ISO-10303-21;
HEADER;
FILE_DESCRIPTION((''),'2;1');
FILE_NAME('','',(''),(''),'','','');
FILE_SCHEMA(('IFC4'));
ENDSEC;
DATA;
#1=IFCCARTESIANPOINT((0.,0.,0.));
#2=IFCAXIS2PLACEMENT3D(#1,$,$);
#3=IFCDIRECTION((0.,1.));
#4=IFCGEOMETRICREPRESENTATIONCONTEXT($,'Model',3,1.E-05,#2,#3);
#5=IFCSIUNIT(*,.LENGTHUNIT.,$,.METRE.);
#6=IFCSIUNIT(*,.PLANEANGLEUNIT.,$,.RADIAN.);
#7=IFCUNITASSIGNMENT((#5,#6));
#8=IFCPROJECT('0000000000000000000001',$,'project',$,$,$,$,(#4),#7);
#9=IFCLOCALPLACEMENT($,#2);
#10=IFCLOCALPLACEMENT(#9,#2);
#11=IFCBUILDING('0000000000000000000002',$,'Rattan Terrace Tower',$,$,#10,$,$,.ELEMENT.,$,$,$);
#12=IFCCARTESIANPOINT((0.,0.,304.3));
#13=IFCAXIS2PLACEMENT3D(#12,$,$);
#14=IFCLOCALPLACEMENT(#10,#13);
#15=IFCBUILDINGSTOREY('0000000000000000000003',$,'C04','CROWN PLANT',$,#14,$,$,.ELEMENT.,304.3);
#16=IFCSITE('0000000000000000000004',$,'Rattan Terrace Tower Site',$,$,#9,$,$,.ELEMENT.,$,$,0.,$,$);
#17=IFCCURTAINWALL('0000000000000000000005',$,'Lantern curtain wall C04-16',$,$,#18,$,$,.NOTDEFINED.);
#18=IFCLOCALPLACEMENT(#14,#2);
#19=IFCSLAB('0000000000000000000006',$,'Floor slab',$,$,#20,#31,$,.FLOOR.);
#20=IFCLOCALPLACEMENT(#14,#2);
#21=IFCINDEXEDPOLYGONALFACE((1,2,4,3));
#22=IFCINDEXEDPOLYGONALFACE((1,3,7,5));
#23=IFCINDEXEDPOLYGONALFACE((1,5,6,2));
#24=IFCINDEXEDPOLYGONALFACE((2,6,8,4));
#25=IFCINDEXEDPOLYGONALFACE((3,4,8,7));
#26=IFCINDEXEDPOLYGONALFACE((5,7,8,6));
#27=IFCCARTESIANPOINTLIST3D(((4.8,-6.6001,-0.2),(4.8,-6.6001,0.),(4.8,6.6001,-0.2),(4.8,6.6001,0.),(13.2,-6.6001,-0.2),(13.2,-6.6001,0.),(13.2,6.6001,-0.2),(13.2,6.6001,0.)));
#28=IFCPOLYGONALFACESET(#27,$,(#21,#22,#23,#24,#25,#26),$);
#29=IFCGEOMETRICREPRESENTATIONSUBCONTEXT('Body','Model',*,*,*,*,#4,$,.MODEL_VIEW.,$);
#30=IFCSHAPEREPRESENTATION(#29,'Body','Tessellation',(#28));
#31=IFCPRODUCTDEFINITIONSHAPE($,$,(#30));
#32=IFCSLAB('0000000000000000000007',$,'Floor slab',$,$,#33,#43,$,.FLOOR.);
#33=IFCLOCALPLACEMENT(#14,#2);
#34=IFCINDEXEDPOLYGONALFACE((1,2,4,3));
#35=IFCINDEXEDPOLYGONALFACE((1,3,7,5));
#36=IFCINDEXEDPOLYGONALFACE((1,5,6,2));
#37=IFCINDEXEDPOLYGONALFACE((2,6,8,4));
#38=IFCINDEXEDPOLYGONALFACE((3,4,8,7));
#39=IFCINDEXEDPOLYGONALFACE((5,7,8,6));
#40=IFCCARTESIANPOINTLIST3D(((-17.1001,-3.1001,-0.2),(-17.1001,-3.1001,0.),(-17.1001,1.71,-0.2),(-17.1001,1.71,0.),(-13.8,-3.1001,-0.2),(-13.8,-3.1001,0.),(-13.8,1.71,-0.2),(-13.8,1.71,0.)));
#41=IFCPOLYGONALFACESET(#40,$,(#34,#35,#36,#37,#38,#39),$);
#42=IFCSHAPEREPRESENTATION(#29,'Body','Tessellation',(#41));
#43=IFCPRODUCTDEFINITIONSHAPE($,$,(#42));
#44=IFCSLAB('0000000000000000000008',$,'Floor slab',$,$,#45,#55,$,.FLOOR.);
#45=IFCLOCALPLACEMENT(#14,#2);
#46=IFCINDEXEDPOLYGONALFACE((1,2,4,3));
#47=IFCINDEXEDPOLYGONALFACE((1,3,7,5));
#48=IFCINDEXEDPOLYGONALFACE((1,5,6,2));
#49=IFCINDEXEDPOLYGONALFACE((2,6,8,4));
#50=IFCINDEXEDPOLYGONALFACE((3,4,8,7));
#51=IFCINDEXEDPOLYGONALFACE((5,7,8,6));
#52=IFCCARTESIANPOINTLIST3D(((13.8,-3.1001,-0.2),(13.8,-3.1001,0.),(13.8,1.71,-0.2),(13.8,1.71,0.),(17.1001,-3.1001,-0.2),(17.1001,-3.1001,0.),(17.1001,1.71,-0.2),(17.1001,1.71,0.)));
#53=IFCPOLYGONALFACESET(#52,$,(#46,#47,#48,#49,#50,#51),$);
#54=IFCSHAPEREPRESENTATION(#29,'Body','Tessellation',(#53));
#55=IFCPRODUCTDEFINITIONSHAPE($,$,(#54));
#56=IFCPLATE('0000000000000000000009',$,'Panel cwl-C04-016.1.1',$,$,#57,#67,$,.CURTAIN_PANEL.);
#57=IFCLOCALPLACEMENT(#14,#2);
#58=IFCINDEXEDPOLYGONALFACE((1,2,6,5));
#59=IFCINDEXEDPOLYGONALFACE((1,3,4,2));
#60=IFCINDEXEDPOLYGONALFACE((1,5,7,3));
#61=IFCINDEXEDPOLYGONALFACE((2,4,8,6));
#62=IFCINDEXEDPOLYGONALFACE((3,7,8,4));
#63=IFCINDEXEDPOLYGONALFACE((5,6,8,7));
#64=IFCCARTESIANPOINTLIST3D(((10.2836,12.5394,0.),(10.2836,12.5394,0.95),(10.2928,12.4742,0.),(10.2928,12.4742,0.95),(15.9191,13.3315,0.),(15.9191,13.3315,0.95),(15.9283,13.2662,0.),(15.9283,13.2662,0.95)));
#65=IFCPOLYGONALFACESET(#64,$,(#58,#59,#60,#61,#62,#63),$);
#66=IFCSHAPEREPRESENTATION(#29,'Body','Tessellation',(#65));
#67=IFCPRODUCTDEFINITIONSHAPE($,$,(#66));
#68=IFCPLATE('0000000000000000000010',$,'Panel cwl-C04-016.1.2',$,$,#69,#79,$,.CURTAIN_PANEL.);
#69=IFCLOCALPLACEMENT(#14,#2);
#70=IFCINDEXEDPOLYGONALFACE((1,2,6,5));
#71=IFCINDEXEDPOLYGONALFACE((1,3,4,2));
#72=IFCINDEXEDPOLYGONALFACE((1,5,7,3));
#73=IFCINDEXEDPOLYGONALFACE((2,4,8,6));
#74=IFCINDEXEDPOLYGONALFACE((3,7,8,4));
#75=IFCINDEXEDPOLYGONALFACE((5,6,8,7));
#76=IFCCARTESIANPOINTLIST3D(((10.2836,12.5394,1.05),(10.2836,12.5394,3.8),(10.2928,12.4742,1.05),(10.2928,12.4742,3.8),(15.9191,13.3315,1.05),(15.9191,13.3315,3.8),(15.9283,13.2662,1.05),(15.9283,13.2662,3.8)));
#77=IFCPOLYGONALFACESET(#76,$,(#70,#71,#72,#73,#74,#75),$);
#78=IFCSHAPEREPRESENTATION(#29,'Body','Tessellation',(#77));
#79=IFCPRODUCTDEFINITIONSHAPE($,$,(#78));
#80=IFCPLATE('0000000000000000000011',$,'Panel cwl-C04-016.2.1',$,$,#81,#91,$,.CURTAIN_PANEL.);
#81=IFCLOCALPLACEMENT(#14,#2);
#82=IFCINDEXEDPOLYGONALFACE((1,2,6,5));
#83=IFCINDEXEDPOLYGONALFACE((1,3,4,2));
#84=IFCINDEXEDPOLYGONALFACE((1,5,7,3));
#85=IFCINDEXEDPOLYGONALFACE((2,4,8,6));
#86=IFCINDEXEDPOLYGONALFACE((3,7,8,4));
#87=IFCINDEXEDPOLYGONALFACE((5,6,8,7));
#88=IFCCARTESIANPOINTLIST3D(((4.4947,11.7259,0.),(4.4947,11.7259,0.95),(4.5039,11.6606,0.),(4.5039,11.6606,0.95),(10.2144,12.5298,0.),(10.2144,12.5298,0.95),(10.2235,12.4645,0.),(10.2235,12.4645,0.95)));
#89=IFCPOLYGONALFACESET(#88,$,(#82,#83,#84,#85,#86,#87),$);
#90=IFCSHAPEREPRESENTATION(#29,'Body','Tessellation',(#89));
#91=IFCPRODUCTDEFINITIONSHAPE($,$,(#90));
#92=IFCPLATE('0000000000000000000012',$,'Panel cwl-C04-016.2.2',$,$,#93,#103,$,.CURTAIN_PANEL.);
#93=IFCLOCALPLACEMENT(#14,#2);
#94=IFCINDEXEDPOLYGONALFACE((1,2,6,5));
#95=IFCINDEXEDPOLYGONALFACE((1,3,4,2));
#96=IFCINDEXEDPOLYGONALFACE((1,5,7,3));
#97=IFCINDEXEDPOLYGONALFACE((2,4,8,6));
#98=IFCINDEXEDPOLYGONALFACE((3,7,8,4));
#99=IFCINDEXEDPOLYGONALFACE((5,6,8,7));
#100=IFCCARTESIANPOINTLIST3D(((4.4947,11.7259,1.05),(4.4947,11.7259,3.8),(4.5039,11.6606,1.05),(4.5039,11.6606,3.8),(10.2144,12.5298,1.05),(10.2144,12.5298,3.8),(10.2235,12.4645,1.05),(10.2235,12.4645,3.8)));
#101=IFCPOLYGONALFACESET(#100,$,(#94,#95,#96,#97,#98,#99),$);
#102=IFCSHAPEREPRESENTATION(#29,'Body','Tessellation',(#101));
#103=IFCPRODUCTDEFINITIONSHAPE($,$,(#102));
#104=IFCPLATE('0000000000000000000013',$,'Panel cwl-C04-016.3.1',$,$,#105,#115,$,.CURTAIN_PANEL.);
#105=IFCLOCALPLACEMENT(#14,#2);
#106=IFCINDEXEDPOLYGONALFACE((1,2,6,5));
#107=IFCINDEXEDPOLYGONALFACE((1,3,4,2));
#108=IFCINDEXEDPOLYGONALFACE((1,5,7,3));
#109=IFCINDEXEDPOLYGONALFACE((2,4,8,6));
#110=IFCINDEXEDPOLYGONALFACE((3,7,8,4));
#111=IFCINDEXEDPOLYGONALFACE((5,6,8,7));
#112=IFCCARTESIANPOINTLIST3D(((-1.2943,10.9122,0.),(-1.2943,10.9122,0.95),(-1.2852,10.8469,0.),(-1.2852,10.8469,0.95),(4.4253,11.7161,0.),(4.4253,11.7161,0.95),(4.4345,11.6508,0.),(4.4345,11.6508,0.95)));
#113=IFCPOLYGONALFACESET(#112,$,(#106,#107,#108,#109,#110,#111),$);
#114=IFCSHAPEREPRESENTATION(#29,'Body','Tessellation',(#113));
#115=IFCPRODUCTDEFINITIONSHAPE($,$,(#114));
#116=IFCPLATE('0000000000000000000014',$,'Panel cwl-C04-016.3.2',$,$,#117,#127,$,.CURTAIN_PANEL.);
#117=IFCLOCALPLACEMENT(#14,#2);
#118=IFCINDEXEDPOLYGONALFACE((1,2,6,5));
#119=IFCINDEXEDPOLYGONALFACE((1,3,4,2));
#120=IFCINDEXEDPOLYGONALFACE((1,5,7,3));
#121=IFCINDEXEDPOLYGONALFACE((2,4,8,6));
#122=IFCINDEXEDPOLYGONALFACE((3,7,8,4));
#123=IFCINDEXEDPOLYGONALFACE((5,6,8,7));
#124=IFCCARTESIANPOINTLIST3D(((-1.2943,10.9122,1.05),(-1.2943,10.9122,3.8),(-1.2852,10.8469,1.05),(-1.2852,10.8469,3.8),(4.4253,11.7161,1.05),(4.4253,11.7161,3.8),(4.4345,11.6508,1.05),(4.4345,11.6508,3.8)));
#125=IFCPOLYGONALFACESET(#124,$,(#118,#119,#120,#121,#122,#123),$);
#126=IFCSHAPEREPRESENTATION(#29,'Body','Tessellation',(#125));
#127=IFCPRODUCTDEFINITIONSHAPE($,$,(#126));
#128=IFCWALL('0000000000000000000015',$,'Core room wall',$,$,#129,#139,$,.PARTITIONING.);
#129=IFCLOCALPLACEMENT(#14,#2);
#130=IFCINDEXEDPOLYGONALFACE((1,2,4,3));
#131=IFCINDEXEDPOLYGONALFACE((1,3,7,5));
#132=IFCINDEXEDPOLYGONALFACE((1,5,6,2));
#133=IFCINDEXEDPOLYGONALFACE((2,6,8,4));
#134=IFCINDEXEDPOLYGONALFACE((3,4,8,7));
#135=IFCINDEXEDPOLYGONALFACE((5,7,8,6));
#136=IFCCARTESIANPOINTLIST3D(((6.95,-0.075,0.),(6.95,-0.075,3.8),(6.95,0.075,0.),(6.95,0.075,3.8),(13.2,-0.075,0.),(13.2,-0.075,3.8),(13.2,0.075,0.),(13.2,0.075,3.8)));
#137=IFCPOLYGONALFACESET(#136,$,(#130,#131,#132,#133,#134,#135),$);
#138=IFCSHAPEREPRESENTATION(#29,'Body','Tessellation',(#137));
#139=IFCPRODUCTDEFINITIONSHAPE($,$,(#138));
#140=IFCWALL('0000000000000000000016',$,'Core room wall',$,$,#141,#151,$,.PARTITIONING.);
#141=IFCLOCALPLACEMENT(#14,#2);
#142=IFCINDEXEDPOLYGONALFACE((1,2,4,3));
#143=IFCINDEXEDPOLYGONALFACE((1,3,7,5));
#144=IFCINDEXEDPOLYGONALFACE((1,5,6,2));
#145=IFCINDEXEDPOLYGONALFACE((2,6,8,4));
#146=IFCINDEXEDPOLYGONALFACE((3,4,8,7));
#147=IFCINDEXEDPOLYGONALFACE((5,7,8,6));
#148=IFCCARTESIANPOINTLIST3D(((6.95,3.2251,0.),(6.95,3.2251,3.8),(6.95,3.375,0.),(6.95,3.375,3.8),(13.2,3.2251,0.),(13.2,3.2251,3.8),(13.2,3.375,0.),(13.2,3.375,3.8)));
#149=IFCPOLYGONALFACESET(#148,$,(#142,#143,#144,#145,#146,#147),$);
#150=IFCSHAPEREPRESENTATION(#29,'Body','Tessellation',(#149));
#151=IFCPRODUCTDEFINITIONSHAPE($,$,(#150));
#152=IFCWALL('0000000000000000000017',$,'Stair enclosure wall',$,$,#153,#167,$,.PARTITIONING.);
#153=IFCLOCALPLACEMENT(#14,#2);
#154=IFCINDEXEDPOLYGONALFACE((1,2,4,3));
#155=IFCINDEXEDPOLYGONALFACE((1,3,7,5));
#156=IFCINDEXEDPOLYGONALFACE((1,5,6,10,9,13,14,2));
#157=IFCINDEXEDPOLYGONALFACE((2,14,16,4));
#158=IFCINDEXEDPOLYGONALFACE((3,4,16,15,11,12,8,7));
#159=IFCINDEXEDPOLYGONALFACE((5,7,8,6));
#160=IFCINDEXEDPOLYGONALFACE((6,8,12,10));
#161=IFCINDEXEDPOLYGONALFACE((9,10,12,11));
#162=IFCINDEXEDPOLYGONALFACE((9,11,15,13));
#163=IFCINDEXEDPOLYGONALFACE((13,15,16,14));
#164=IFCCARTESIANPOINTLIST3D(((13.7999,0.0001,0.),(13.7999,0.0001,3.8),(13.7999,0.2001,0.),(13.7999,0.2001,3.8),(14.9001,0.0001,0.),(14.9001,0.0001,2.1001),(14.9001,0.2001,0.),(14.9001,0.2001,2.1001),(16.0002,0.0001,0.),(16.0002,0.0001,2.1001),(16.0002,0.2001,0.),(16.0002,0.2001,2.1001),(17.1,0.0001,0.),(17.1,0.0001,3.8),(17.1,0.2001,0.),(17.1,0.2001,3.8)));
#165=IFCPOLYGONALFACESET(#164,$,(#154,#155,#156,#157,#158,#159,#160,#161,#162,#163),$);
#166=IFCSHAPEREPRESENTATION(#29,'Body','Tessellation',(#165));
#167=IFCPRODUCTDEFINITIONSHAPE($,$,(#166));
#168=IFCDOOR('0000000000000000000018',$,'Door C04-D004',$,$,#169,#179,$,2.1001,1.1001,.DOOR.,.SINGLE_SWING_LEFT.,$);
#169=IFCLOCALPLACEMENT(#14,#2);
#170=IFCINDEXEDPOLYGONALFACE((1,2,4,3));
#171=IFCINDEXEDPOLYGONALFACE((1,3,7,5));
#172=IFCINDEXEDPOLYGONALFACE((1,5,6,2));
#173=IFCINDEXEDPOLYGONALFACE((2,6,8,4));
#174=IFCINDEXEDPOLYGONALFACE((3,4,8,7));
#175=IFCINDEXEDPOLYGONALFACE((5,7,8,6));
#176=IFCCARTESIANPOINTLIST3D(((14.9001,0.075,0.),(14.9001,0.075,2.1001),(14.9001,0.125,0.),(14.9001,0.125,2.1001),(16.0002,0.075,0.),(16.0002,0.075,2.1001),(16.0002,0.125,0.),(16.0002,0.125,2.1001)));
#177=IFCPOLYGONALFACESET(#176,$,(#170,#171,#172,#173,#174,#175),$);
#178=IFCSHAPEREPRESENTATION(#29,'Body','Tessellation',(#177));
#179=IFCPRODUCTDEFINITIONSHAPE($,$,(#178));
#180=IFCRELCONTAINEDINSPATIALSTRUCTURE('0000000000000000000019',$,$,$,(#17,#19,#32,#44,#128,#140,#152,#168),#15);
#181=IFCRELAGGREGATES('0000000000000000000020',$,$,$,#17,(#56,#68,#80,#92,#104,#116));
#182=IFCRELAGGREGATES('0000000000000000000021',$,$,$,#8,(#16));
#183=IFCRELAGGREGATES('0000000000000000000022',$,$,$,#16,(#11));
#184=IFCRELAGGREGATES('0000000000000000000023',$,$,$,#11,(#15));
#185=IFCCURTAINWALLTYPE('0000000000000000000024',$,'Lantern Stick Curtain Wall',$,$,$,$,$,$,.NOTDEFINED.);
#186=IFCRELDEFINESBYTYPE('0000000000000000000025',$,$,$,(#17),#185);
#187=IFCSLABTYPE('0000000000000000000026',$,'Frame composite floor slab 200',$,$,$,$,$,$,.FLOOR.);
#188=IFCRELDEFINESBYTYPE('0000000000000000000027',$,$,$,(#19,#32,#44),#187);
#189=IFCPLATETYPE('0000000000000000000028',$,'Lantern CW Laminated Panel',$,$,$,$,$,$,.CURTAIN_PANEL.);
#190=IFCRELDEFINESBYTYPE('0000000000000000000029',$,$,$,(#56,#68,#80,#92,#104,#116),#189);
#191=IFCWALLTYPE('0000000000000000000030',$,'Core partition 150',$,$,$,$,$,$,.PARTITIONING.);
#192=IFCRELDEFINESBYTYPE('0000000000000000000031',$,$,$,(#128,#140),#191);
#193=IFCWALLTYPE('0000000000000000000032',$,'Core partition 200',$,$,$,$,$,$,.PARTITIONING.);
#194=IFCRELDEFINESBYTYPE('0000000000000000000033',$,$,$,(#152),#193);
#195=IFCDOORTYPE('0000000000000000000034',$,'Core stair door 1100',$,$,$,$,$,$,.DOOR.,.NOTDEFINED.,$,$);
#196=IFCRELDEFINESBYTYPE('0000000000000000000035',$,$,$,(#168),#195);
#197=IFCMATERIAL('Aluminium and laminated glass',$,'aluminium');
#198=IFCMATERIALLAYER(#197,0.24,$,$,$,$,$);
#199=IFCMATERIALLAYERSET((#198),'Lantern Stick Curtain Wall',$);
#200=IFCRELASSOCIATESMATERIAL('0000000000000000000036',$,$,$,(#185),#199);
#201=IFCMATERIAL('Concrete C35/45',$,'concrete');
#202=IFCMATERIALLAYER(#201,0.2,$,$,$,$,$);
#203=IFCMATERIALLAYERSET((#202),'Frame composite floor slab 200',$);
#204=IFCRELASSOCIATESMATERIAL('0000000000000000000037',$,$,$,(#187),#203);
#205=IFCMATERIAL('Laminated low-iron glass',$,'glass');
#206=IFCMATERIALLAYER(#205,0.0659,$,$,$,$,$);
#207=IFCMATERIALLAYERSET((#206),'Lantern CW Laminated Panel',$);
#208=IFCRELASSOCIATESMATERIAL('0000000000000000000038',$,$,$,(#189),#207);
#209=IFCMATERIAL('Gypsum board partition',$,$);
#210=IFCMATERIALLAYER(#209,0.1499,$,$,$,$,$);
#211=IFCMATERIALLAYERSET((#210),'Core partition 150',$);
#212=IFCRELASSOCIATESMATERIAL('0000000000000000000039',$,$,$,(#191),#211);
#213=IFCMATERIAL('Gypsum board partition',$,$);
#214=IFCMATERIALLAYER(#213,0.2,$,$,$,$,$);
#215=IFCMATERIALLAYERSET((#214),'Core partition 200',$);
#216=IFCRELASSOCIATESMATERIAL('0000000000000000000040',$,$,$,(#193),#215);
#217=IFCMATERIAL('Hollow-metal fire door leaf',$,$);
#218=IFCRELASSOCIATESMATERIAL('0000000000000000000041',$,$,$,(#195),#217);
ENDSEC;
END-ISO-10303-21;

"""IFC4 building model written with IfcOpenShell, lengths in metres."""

from ifc_helpers import new_model, si_unit, direction, frame, frame_2d, origin, origin_2d, place, context, subcontext, project, spatial, polyline, rectangle, outline, extrude, material, layer, layer_set, type_object, element, fill, aggregate, save


model = new_model("IFC4")

# Units and contexts
model_context = context("Model", 3, precision=1e-05, world=origin(), true_north=direction((0.0, 1.0)))
body_context = subcontext(model_context, "Body", "Model", "MODEL_VIEW")
ifc_project = project(units=[si_unit("LENGTHUNIT", "METRE"), si_unit("PLANEANGLEUNIT", "RADIAN")], contexts=[model_context])

# Site, building, storey
site_placement = place(None, origin())
site = spatial("IfcSite", under=ifc_project, at=site_placement, Name="Rattan Terrace Tower Site", CompositionType="ELEMENT", RefElevation=0.0)
building_placement = place(site_placement, origin())
building = spatial("IfcBuilding", under=site, at=building_placement, Name="Rattan Terrace Tower", CompositionType="ELEMENT")
storey_placement = place(building_placement, frame((0.0, 0.0, 304.3)))
storey = spatial("IfcBuildingStorey", under=building, at=storey_placement, Name="C04", Description="CROWN PLANT", CompositionType="ELEMENT", Elevation=304.3)

# Curtain wall
ifc_material_1 = material(Name="Aluminium and laminated glass", Category="aluminium")
ifc_layer_1 = layer(ifc_material_1, 0.24)
ifc_layer_set_1 = layer_set([ifc_layer_1], Name="Lantern Stick Curtain Wall")
curtain_wall_type = type_object("IfcCurtainWallType", Name="Lantern Stick Curtain Wall", PredefinedType="NOTDEFINED", material=ifc_layer_set_1)
curtain_wall_placement = place(storey_placement, origin())
curtain_wall = element("IfcCurtainWall", 1, at=curtain_wall_placement, inside=storey, type_object=curtain_wall_type, Name="Lantern curtain wall C04-16", PredefinedType="NOTDEFINED")

# Slabs
ifc_material_2 = material(Name="Concrete C35/45", Category="concrete")
ifc_layer_2 = layer(ifc_material_2, 0.2)
ifc_layer_set_2 = layer_set([ifc_layer_2], Name="Frame composite floor slab 200")
slab_type_1 = type_object("IfcSlabType", Name="Frame composite floor slab 200", PredefinedType="FLOOR", material=ifc_layer_set_2)
slab_1_placement = place(storey_placement, frame((0.0, 0.0, -0.2)))
element("IfcSlab", 2, at=slab_1_placement, inside=storey, type_object=slab_type_1, Name="Floor slab", PredefinedType="FLOOR", context=body_context, shape_type="SweptSolid", body=[
    extrude(outline(polyline([(4.8, -6.6001), (13.2, -6.6001), (13.2, 6.6001), (4.8, 6.6001), (4.8, -6.6001)])), origin(), (0.0, 0.0, 1.0), 0.2),
])
slab_2_placement = place(storey_placement, frame((0.0, 0.0, -0.2)))
element("IfcSlab", 3, at=slab_2_placement, inside=storey, type_object=slab_type_1, Name="Floor slab", PredefinedType="FLOOR", context=body_context, shape_type="SweptSolid", body=[
    extrude(outline(polyline([(-13.8, -3.1001), (-13.8, 1.71), (-17.1001, 1.71), (-17.1001, -3.1001), (-13.8, -3.1001)])), origin(), (0.0, 0.0, 1.0), 0.2),
])
slab_3_placement = place(storey_placement, frame((0.0, 0.0, -0.2)))
element("IfcSlab", 4, at=slab_3_placement, inside=storey, type_object=slab_type_1, Name="Floor slab", PredefinedType="FLOOR", context=body_context, shape_type="SweptSolid", body=[
    extrude(outline(polyline([(13.8, -3.1001), (17.1001, -3.1001), (17.1001, 1.71), (13.8, 1.71), (13.8, -3.1001)])), origin(), (0.0, 0.0, 1.0), 0.2),
])

# Plates
ifc_material_3 = material(Name="Laminated low-iron glass", Category="glass")
ifc_layer_3 = layer(ifc_material_3, 0.0659)
ifc_layer_set_3 = layer_set([ifc_layer_3], Name="Lantern CW Laminated Panel")
plate_type = type_object("IfcPlateType", Name="Lantern CW Laminated Panel", PredefinedType="CURTAIN_PANEL", material=ifc_layer_set_3)
plate_1_placement = place(storey_placement, frame((13.106, 12.9028, 0.0), z_axis=(0.0, 0.0, 1.0), x_axis=(-0.990267, -0.139181, 0.0)))
plate_1 = element("IfcPlate", 5, at=plate_1_placement, type_object=plate_type, Name="Panel cwl-C04-016.1.1", PredefinedType="CURTAIN_PANEL", context=body_context, shape_type="SweptSolid", body=[
    extrude(rectangle(XDim=5.6909, YDim=0.0659, at=origin_2d()), origin(), (0.0, 0.0, 1.0), 0.95),
])
plate_2_placement = place(storey_placement, frame((13.106, 12.9028, 1.05), z_axis=(0.0, 0.0, 1.0), x_axis=(-0.990267, -0.139181, 0.0)))
plate_2 = element("IfcPlate", 6, at=plate_2_placement, type_object=plate_type, Name="Panel cwl-C04-016.1.2", PredefinedType="CURTAIN_PANEL", context=body_context, shape_type="SweptSolid", body=[
    extrude(rectangle(XDim=5.6909, YDim=0.0659, at=origin_2d()), origin(), (0.0, 0.0, 1.0), 2.75),
])
plate_3_placement = place(storey_placement, frame((7.3591, 12.0952, 0.0), z_axis=(0.0, 0.0, 1.0), x_axis=(-0.990267, -0.139181, 0.0)))
plate_3 = element("IfcPlate", 7, at=plate_3_placement, type_object=plate_type, Name="Panel cwl-C04-016.2.1", PredefinedType="CURTAIN_PANEL", context=body_context, shape_type="SweptSolid", body=[
    extrude(rectangle(XDim=5.7759, YDim=0.0659, at=origin_2d()), origin(), (0.0, 0.0, 1.0), 0.95),
])
plate_4_placement = place(storey_placement, frame((7.3591, 12.0952, 1.05), z_axis=(0.0, 0.0, 1.0), x_axis=(-0.990267, -0.139181, 0.0)))
plate_4 = element("IfcPlate", 8, at=plate_4_placement, type_object=plate_type, Name="Panel cwl-C04-016.2.2", PredefinedType="CURTAIN_PANEL", context=body_context, shape_type="SweptSolid", body=[
    extrude(rectangle(XDim=5.7759, YDim=0.0659, at=origin_2d()), origin(), (0.0, 0.0, 1.0), 2.75),
])
plate_5_placement = place(storey_placement, frame((1.5701, 11.2815, 0.0), z_axis=(0.0, 0.0, 1.0), x_axis=(-0.990267, -0.139181, 0.0)))
plate_5 = element("IfcPlate", 9, at=plate_5_placement, type_object=plate_type, Name="Panel cwl-C04-016.3.1", PredefinedType="CURTAIN_PANEL", context=body_context, shape_type="SweptSolid", body=[
    extrude(rectangle(XDim=5.7759, YDim=0.0659, at=origin_2d()), origin(), (0.0, 0.0, 1.0), 0.95),
])
plate_6_placement = place(storey_placement, frame((1.5701, 11.2815, 1.05), z_axis=(0.0, 0.0, 1.0), x_axis=(-0.990267, -0.139181, 0.0)))
plate_6 = element("IfcPlate", 10, at=plate_6_placement, type_object=plate_type, Name="Panel cwl-C04-016.3.2", PredefinedType="CURTAIN_PANEL", context=body_context, shape_type="SweptSolid", body=[
    extrude(rectangle(XDim=5.7759, YDim=0.0659, at=origin_2d()), origin(), (0.0, 0.0, 1.0), 2.75),
])
aggregate(curtain_wall, [plate_1, plate_2, plate_3, plate_4, plate_5, plate_6])

# Walls
ifc_material_4 = material(Name="Gypsum board partition")
ifc_layer_4 = layer(ifc_material_4, 0.1499)
ifc_layer_set_4 = layer_set([ifc_layer_4], Name="Core partition 150")
wall_type_1 = type_object("IfcWallType", Name="Core partition 150", PredefinedType="PARTITIONING", material=ifc_layer_set_4)
for number, where, z_axis, x_axis, name in (
    (11, (6.95, 0.0, 0.0), (0.0, 0.0, 1.0), (1.0, 0.0, 0.0), "Core room wall"),
    (12, (6.95, 3.3, 0.0), (0.0, 0.0, 1.0), (1.0, 0.0, 0.0), "Core room wall"),
):
    element("IfcWall", number, at=place(storey_placement, frame(where, z_axis=z_axis, x_axis=x_axis)), inside=storey, type_object=wall_type_1, Name=name, PredefinedType="PARTITIONING", context=body_context, shape_type="SweptSolid", body=[
        extrude(rectangle(XDim=6.25, YDim=0.1499, at=frame_2d((3.125, 0.0))), origin(), (0.0, 0.0, 1.0), 3.8),
    ])

# Wall, opening, door
ifc_material_5 = material(Name="Gypsum board partition")
ifc_layer_5 = layer(ifc_material_5, 0.2)
ifc_layer_set_5 = layer_set([ifc_layer_5], Name="Core partition 200")
wall_type_2 = type_object("IfcWallType", Name="Core partition 200", PredefinedType="PARTITIONING", material=ifc_layer_set_5)
wall_placement = place(storey_placement, frame((13.8, 0.1001, 0.0), z_axis=(0.0, 0.0, 1.0), x_axis=(1.0, 0.0, 0.0)))
wall = element("IfcWall", 13, at=wall_placement, inside=storey, type_object=wall_type_2, Name="Stair enclosure wall", PredefinedType="PARTITIONING", context=body_context, shape_type="SweptSolid", body=[
    extrude(rectangle(XDim=3.3, YDim=0.2, at=frame_2d((1.6499, 0.0))), origin(), (0.0, 0.0, 1.0), 3.8),
])
opening_placement = place(wall_placement, frame((1.1001, 0.0, 0.0)))
opening = element("IfcOpeningElement", 14, at=opening_placement, cuts=wall, PredefinedType="OPENING", context=body_context, shape_type="SweptSolid", body=[
    extrude(rectangle(XDim=1.1001, YDim=2.1001, at=frame_2d((0.55, 1.05))), frame((0.0, 0.1106, 0.0), z_axis=(0.0, -1.0, 0.0), x_axis=(1.0, 0.0, 0.0)), (0.0, 0.0, 1.0), 0.2209),
])
ifc_material_6 = material(Name="Hollow-metal fire door leaf")
door_type = type_object("IfcDoorType", Name="Core stair door 1100", OperationType="NOTDEFINED", PredefinedType="DOOR", material=ifc_material_6)
door_placement = place(opening_placement, origin())
door = element("IfcDoor", 15, at=door_placement, inside=storey, type_object=door_type, Name="Door C04-D004", OperationType="SINGLE_SWING_LEFT", OverallHeight=2.1001, OverallWidth=1.1001, PredefinedType="DOOR", context=body_context, shape_type="SweptSolid", body=[
    extrude(rectangle(XDim=1.1001, YDim=2.1001, at=frame_2d((0.55, 1.05))), frame((0.0, 0.0249, 0.0), z_axis=(0.0, -1.0, 0.0), x_axis=(1.0, 0.0, 0.0)), (0.0, 0.0, 1.0), 0.05),
])
fill(opening, door)

save(model, "model.ifc")
